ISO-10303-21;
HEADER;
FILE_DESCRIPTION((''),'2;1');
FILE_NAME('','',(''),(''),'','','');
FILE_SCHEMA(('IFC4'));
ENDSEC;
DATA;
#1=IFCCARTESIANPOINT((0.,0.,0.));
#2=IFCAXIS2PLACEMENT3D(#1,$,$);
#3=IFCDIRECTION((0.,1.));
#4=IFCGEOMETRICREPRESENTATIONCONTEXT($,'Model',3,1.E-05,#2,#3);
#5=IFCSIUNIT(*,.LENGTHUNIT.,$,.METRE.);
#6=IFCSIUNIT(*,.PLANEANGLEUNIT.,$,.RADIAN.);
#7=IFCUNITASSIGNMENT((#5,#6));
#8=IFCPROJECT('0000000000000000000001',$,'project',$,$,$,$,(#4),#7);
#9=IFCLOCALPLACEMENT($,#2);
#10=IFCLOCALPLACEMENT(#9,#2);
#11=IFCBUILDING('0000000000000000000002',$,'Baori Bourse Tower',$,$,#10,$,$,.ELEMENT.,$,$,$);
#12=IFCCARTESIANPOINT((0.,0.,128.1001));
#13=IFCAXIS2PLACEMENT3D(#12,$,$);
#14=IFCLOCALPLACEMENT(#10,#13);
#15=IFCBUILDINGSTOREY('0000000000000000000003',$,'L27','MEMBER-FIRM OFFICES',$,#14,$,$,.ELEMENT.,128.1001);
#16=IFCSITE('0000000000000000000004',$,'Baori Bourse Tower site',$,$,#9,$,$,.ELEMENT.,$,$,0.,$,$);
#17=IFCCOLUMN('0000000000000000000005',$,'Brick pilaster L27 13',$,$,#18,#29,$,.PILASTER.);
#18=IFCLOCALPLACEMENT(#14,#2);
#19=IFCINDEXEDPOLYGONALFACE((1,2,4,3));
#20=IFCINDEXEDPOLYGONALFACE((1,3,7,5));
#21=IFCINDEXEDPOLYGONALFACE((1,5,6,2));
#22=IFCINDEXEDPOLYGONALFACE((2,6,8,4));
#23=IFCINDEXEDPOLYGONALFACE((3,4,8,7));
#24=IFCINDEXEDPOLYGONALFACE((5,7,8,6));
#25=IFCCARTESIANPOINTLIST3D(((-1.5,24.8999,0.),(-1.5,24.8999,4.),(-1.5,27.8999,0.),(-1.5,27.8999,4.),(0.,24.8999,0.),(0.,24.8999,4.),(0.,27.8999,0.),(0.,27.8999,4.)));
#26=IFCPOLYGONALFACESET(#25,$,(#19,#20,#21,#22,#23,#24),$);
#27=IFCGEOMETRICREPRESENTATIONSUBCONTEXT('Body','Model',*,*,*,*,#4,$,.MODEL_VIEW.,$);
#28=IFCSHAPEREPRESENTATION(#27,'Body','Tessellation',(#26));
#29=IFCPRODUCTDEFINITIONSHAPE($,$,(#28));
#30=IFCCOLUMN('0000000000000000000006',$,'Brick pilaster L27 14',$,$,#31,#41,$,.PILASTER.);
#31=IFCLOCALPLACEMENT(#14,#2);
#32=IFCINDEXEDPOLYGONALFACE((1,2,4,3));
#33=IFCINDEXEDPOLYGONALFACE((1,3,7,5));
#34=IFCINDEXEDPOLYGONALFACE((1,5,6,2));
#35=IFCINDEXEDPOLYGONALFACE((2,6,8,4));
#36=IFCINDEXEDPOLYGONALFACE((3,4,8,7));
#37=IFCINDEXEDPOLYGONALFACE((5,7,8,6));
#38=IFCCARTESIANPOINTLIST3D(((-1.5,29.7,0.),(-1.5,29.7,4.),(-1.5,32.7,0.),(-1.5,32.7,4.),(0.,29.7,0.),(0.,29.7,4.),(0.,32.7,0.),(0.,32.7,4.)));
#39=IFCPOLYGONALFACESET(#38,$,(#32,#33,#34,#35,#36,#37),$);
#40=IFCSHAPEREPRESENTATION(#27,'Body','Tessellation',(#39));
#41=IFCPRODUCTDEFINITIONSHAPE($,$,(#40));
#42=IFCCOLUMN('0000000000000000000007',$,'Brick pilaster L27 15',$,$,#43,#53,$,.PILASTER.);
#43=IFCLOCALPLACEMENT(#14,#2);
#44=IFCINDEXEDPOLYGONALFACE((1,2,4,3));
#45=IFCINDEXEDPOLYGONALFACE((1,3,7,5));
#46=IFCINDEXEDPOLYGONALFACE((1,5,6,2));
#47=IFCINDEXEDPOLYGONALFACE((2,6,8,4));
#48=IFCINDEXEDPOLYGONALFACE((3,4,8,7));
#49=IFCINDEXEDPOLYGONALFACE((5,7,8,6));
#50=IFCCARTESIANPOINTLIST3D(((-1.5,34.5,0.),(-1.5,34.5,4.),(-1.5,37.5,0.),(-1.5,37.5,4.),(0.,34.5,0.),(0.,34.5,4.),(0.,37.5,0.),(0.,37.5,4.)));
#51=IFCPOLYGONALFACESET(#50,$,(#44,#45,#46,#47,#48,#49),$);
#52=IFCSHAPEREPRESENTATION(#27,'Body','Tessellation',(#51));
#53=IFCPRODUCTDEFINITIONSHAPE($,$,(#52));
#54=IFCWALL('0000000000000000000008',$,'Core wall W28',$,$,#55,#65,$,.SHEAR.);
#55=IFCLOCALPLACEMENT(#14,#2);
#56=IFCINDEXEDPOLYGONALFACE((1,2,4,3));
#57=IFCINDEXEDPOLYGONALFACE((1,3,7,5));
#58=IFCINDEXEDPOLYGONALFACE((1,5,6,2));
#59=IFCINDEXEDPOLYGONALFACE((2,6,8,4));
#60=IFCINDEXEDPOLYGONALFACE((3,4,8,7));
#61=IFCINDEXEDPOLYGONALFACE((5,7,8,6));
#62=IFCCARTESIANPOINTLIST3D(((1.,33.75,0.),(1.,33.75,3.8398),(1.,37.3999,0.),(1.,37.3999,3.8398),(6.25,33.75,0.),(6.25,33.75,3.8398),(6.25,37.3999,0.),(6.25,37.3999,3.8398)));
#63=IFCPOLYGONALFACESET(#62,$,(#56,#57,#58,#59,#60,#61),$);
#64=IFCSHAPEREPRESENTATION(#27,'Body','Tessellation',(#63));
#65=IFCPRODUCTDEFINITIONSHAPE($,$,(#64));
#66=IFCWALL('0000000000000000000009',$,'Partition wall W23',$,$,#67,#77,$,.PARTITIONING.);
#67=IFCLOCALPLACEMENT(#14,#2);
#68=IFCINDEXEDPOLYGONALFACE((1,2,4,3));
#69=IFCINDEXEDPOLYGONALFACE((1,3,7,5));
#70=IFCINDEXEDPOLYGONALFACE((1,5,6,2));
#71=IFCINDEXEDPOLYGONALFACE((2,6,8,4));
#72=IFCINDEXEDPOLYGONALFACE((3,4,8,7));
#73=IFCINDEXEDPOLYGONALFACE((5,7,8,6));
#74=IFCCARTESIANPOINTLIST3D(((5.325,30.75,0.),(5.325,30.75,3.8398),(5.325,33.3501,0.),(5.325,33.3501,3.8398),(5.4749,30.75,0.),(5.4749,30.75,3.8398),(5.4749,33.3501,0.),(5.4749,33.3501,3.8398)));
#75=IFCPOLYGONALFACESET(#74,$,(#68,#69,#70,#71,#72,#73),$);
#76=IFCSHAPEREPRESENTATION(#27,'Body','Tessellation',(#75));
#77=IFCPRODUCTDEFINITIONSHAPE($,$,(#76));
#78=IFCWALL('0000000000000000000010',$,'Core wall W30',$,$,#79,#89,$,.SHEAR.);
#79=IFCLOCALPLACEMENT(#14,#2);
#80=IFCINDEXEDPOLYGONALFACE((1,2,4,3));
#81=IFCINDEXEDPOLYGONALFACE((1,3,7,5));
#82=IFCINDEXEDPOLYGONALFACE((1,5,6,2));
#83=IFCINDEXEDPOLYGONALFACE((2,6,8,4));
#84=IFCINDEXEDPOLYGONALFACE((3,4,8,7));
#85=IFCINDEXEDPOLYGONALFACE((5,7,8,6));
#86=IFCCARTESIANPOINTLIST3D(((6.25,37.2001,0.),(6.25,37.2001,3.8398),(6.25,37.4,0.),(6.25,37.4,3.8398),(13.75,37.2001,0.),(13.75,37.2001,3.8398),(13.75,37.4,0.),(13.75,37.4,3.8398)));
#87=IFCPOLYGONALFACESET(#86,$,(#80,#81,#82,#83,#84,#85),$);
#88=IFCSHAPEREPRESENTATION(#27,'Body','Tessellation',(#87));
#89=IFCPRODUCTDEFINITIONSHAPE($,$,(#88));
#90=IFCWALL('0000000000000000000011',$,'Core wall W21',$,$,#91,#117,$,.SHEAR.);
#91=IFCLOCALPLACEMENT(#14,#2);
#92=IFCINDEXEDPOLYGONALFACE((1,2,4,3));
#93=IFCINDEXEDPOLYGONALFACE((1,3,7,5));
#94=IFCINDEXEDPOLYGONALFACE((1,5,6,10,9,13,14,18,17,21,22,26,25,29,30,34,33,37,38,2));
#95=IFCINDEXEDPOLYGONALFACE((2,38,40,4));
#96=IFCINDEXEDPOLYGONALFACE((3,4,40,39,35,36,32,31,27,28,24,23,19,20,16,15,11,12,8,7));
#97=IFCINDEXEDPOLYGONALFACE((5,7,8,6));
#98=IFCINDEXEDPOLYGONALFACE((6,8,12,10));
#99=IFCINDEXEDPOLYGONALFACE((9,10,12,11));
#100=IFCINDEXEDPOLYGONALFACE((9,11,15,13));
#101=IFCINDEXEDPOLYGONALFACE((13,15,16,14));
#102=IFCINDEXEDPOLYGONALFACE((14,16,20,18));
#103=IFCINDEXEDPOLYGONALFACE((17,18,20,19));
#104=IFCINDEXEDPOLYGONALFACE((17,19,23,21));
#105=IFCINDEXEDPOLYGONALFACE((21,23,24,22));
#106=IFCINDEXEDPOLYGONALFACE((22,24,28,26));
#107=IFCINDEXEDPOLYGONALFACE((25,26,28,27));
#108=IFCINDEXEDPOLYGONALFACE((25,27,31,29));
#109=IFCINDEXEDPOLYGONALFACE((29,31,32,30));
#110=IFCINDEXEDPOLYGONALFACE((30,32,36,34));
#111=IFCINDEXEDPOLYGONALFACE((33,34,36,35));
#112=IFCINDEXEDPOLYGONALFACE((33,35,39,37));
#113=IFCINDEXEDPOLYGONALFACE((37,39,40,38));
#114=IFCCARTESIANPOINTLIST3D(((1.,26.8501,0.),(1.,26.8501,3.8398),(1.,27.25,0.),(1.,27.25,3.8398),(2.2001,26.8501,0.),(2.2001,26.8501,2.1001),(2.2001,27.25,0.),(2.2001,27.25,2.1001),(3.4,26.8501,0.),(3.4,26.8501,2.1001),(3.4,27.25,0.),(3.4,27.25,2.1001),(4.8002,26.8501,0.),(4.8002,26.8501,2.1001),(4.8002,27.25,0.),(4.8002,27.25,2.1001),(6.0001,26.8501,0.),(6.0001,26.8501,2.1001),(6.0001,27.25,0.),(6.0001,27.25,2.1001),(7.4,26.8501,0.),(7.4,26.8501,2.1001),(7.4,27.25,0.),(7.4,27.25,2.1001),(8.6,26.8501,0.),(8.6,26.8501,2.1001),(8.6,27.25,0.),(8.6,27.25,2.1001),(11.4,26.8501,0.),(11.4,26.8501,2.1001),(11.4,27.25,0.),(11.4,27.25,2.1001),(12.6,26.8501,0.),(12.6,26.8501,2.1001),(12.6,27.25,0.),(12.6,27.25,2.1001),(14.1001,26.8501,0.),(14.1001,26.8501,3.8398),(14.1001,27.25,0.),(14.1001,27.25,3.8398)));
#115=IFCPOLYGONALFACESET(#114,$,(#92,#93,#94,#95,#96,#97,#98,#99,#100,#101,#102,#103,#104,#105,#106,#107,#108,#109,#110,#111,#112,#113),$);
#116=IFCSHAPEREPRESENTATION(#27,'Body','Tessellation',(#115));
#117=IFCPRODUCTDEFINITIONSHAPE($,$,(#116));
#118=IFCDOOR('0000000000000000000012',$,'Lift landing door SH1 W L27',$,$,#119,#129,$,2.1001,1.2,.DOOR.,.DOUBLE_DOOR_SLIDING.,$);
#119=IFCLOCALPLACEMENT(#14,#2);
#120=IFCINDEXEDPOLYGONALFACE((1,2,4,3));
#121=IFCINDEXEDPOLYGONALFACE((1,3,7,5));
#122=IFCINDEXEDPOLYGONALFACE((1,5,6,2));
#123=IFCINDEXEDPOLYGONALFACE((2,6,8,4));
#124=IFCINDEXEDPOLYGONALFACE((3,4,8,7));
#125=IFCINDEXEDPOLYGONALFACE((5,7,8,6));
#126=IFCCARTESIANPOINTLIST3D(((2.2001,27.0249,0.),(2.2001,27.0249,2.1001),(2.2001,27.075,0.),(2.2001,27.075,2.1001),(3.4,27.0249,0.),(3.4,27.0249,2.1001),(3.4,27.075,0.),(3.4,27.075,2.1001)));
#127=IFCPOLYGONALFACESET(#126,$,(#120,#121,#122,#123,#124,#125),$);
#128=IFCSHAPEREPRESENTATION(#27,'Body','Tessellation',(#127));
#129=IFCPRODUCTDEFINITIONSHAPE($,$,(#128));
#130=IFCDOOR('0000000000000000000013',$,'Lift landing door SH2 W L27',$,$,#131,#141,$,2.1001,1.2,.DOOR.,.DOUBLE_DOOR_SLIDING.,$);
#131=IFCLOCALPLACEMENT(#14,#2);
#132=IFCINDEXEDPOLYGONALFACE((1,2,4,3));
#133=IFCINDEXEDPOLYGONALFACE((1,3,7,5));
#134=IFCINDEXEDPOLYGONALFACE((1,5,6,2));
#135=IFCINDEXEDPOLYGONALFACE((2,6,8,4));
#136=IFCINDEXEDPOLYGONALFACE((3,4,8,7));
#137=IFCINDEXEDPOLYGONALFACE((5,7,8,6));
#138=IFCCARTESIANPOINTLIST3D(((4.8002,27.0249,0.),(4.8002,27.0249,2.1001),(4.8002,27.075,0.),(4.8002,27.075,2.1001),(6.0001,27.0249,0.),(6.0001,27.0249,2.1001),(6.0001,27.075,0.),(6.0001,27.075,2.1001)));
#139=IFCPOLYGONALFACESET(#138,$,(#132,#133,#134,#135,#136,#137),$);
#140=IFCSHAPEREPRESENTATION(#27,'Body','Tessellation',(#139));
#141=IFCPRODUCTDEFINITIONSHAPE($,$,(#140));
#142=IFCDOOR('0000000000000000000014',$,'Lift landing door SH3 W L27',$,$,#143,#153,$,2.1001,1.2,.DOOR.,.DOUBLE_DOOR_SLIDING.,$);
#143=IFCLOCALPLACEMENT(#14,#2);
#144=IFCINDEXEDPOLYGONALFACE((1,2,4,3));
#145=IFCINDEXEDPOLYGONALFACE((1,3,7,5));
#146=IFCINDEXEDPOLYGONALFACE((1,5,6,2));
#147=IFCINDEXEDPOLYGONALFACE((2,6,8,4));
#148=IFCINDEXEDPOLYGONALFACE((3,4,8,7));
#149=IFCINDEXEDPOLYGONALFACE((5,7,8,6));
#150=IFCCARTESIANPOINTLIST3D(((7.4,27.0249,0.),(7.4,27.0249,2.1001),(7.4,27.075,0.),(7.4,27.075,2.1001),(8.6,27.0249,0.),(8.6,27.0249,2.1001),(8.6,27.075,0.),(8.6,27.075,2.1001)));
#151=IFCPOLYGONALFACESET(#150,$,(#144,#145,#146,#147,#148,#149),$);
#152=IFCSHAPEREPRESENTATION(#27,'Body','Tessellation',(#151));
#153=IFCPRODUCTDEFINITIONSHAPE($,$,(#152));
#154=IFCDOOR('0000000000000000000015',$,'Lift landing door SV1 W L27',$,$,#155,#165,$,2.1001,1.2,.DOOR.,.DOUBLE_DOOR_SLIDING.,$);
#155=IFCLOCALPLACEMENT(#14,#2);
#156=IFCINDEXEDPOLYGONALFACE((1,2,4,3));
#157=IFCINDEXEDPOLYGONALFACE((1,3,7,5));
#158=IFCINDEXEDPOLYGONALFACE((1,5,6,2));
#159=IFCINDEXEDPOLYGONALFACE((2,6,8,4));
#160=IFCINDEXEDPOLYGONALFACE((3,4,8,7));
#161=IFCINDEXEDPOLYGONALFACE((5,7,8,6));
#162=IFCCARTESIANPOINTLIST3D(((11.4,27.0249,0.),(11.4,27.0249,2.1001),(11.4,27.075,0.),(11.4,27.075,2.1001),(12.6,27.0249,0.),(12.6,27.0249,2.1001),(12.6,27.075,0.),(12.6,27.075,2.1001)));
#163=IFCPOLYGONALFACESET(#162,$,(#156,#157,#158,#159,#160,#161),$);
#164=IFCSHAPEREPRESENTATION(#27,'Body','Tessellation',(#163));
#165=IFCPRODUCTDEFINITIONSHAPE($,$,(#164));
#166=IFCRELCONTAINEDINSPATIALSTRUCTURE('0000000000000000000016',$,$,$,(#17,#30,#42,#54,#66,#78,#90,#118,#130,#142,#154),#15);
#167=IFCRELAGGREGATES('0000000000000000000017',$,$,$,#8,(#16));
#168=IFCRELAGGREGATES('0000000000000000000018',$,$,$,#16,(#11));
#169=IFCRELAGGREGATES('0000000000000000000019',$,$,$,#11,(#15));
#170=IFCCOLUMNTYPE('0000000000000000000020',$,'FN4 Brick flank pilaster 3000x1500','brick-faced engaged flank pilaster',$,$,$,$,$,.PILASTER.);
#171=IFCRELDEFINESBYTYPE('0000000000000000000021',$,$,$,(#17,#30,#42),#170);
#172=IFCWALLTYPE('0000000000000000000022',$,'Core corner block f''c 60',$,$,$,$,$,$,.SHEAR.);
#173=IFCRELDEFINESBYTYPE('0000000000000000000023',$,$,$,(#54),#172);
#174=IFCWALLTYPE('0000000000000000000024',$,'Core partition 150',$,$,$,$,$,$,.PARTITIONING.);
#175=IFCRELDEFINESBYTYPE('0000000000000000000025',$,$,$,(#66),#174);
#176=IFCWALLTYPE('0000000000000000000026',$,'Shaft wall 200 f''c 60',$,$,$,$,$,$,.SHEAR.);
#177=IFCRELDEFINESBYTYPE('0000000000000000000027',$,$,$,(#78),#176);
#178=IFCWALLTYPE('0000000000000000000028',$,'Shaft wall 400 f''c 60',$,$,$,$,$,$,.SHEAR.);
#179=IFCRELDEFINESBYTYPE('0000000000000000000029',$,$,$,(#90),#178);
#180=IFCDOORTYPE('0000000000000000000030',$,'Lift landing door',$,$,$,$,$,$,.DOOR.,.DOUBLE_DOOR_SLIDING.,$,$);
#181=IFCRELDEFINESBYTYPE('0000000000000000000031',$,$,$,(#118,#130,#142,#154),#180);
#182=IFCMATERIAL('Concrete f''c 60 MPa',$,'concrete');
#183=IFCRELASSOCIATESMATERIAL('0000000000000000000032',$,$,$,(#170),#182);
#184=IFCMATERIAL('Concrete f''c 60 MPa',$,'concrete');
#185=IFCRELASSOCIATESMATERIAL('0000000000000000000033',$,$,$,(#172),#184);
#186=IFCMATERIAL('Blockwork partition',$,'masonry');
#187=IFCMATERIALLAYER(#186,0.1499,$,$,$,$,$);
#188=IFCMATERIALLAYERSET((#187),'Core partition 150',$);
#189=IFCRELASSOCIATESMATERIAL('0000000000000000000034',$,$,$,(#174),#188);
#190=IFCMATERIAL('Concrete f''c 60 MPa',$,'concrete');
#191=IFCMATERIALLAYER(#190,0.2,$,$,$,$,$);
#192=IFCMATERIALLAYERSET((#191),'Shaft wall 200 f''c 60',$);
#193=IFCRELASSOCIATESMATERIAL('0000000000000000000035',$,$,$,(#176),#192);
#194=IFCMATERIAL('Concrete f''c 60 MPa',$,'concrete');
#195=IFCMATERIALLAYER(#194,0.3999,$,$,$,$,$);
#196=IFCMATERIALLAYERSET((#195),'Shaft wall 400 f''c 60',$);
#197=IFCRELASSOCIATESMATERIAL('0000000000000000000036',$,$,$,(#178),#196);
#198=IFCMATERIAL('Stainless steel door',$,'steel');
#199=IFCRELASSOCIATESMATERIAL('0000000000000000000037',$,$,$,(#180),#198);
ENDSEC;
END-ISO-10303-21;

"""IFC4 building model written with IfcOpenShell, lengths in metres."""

from ifc_helpers import new_model, si_unit, direction, frame, frame_2d, origin, origin_2d, place, context, subcontext, project, spatial, rectangle, extrude, material, layer, layer_set, material_profile, profile_set, type_object, element, fill, save


model = new_model("IFC4")

# Units and contexts
model_context = context("Model", 3, precision=1e-05, world=origin(), true_north=direction((0.0, 1.0)))
body_context = subcontext(model_context, "Body", "Model", "MODEL_VIEW")
ifc_project = project(units=[si_unit("LENGTHUNIT", "METRE"), si_unit("PLANEANGLEUNIT", "RADIAN")], contexts=[model_context])

# Site, building, storey
site_placement = place(None, origin())
site = spatial("IfcSite", under=ifc_project, at=site_placement, Name="Baori Bourse Tower site", CompositionType="ELEMENT", RefElevation=0.0)
building_placement = place(site_placement, origin())
building = spatial("IfcBuilding", under=site, at=building_placement, Name="Baori Bourse Tower", CompositionType="ELEMENT")
storey_placement = place(building_placement, frame((0.0, 0.0, 128.1001)))
storey = spatial("IfcBuildingStorey", under=building, at=storey_placement, Name="L27", Description="MEMBER-FIRM OFFICES", CompositionType="ELEMENT", Elevation=128.1001)

# Columns
ifc_material_1 = material(Name="Concrete f'c 60 MPa", Category="concrete")
ifc_material_profile = material_profile(ifc_material_1, rectangle(XDim=3.0, YDim=1.5, at=origin_2d()), Name="RC 3000x1500")
ifc_profile_set = profile_set([ifc_material_profile], Name="Concrete f'c 60 MPa")
column_type = type_object("IfcColumnType", Name="FN4 Brick flank pilaster 3000x1500", Description="brick-faced engaged flank pilaster", PredefinedType="PILASTER", material=ifc_profile_set)
for number, where, z_axis, x_axis, name in (
    (1, (-0.75, 26.3999, 0.0), (0.0, 0.0, 1.0), (0.0, 1.0, 0.0), "Brick pilaster L27 13"),
    (2, (-0.75, 31.2, 0.0), (0.0, 0.0, 1.0), (0.0, 1.0, 0.0), "Brick pilaster L27 14"),
    (3, (-0.75, 36.0, 0.0), (0.0, 0.0, 1.0), (0.0, 1.0, 0.0), "Brick pilaster L27 15"),
):
    element("IfcColumn", number, at=place(storey_placement, frame(where, z_axis=z_axis, x_axis=x_axis)), inside=storey, type_object=column_type, Name=name, PredefinedType="PILASTER", context=body_context, shape_type="SweptSolid", body=[
        extrude(rectangle(XDim=3.0, YDim=1.5, at=origin_2d()), origin(), (0.0, 0.0, 1.0), 4.0),
    ])

# Walls
ifc_material_2 = material(Name="Concrete f'c 60 MPa", Category="concrete")
wall_type_1 = type_object("IfcWallType", Name="Core corner block f'c 60", PredefinedType="SHEAR", material=ifc_material_2)
wall_1_placement = place(storey_placement, frame((1.0, 35.575, 0.0), z_axis=(0.0, 0.0, 1.0), x_axis=(1.0, 0.0, 0.0)))
element("IfcWall", 4, at=wall_1_placement, inside=storey, type_object=wall_type_1, Name="Core wall W28", PredefinedType="SHEAR", context=body_context, shape_type="SweptSolid", body=[
    extrude(rectangle(XDim=5.25, YDim=3.6499, at=frame_2d((2.625, 0.0))), origin(), (0.0, 0.0, 1.0), 3.8398),
])
ifc_material_3 = material(Name="Blockwork partition", Category="masonry")
ifc_layer_1 = layer(ifc_material_3, 0.1499)
ifc_layer_set_1 = layer_set([ifc_layer_1], Name="Core partition 150")
wall_type_2 = type_object("IfcWallType", Name="Core partition 150", PredefinedType="PARTITIONING", material=ifc_layer_set_1)
wall_2_placement = place(storey_placement, frame((5.3999, 30.75, 0.0), z_axis=(0.0, 0.0, 1.0), x_axis=(0.0, 1.0, 0.0)))
element("IfcWall", 5, at=wall_2_placement, inside=storey, type_object=wall_type_2, Name="Partition wall W23", PredefinedType="PARTITIONING", context=body_context, shape_type="SweptSolid", body=[
    extrude(rectangle(XDim=2.6001, YDim=0.1499, at=frame_2d((1.3, 0.0))), origin(), (0.0, 0.0, 1.0), 3.8398),
])
ifc_material_4 = material(Name="Concrete f'c 60 MPa", Category="concrete")
ifc_layer_2 = layer(ifc_material_4, 0.2)
ifc_layer_set_2 = layer_set([ifc_layer_2], Name="Shaft wall 200 f'c 60")
wall_type_3 = type_object("IfcWallType", Name="Shaft wall 200 f'c 60", PredefinedType="SHEAR", material=ifc_layer_set_2)
wall_3_placement = place(storey_placement, frame((6.25, 37.3, 0.0), z_axis=(0.0, 0.0, 1.0), x_axis=(1.0, 0.0, 0.0)))
element("IfcWall", 6, at=wall_3_placement, inside=storey, type_object=wall_type_3, Name="Core wall W30", PredefinedType="SHEAR", context=body_context, shape_type="SweptSolid", body=[
    extrude(rectangle(XDim=7.5, YDim=0.2, at=frame_2d((3.75, 0.0))), origin(), (0.0, 0.0, 1.0), 3.8398),
])

# Wall, openings, doors
ifc_material_5 = material(Name="Concrete f'c 60 MPa", Category="concrete")
ifc_layer_3 = layer(ifc_material_5, 0.3999)
ifc_layer_set_3 = layer_set([ifc_layer_3], Name="Shaft wall 400 f'c 60")
wall_type_4 = type_object("IfcWallType", Name="Shaft wall 400 f'c 60", PredefinedType="SHEAR", material=ifc_layer_set_3)
wall_4_placement = place(storey_placement, frame((1.0, 27.05, 0.0), z_axis=(0.0, 0.0, 1.0), x_axis=(1.0, 0.0, 0.0)))
wall_4 = element("IfcWall", 7, at=wall_4_placement, inside=storey, type_object=wall_type_4, Name="Core wall W21", PredefinedType="SHEAR", context=body_context, shape_type="SweptSolid", body=[
    extrude(rectangle(XDim=13.1001, YDim=0.3999, at=frame_2d((6.55, 0.0))), origin(), (0.0, 0.0, 1.0), 3.8398),
])
opening_1_placement = place(wall_4_placement, frame((1.2, 0.0, 0.0)))
opening_1 = element("IfcOpeningElement", 8, at=opening_1_placement, cuts=wall_4, PredefinedType="OPENING", context=body_context, shape_type="SweptSolid", body=[
    extrude(rectangle(XDim=1.2, YDim=2.1001, at=frame_2d((0.6001, 1.05))), frame((0.0, 0.21, 0.0), z_axis=(0.0, -1.0, 0.0), x_axis=(1.0, 0.0, 0.0)), (0.0, 0.0, 1.0), 0.4199),
])
opening_2_placement = place(wall_4_placement, frame((3.8, 0.0, 0.0)))
opening_2 = element("IfcOpeningElement", 9, at=opening_2_placement, cuts=wall_4, PredefinedType="OPENING", context=body_context, shape_type="SweptSolid", body=[
    extrude(rectangle(XDim=1.2, YDim=2.1001, at=frame_2d((0.6001, 1.05))), frame((0.0, 0.21, 0.0), z_axis=(0.0, -1.0, 0.0), x_axis=(1.0, 0.0, 0.0)), (0.0, 0.0, 1.0), 0.4199),
])
opening_3_placement = place(wall_4_placement, frame((6.3999, 0.0, 0.0)))
opening_3 = element("IfcOpeningElement", 10, at=opening_3_placement, cuts=wall_4, PredefinedType="OPENING", context=body_context, shape_type="SweptSolid", body=[
    extrude(rectangle(XDim=1.2, YDim=2.1001, at=frame_2d((0.6001, 1.05))), frame((0.0, 0.21, 0.0), z_axis=(0.0, -1.0, 0.0), x_axis=(1.0, 0.0, 0.0)), (0.0, 0.0, 1.0), 0.4199),
])
opening_4_placement = place(wall_4_placement, frame((10.3999, 0.0, 0.0)))
opening_4 = element("IfcOpeningElement", 11, at=opening_4_placement, cuts=wall_4, PredefinedType="OPENING", context=body_context, shape_type="SweptSolid", body=[
    extrude(rectangle(XDim=1.2, YDim=2.1001, at=frame_2d((0.6001, 1.05))), frame((0.0, 0.21, 0.0), z_axis=(0.0, -1.0, 0.0), x_axis=(1.0, 0.0, 0.0)), (0.0, 0.0, 1.0), 0.4199),
])
ifc_material_6 = material(Name="Stainless steel door", Category="steel")
door_type_1 = type_object("IfcDoorType", Name="Lift landing door", OperationType="DOUBLE_DOOR_SLIDING", PredefinedType="DOOR", material=ifc_material_6)
door_1_placement = place(opening_1_placement, origin())
door_1 = element("IfcDoor", 12, at=door_1_placement, inside=storey, type_object=door_type_1, Name="Lift landing door SH1 W L27", OperationType="DOUBLE_DOOR_SLIDING", OverallHeight=2.1001, OverallWidth=1.2, PredefinedType="DOOR", context=body_context, shape_type="SweptSolid", body=[
    extrude(rectangle(XDim=1.2, YDim=2.1001, at=frame_2d((0.6001, 1.05))), frame((0.0, 0.0249, 0.0), z_axis=(0.0, -1.0, 0.0), x_axis=(1.0, 0.0, 0.0)), (0.0, 0.0, 1.0), 0.05),
])
fill(opening_1, door_1)
door_2_placement = place(opening_2_placement, origin())
door_2 = element("IfcDoor", 13, at=door_2_placement, inside=storey, type_object=door_type_1, Name="Lift landing door SH2 W L27", OperationType="DOUBLE_DOOR_SLIDING", OverallHeight=2.1001, OverallWidth=1.2, PredefinedType="DOOR", context=body_context, shape_type="SweptSolid", body=[
    extrude(rectangle(XDim=1.2, YDim=2.1001, at=frame_2d((0.6001, 1.05))), frame((0.0, 0.0249, 0.0), z_axis=(0.0, -1.0, 0.0), x_axis=(1.0, 0.0, 0.0)), (0.0, 0.0, 1.0), 0.05),
])
fill(opening_2, door_2)
door_3_placement = place(opening_3_placement, origin())
door_3 = element("IfcDoor", 14, at=door_3_placement, inside=storey, type_object=door_type_1, Name="Lift landing door SH3 W L27", OperationType="DOUBLE_DOOR_SLIDING", OverallHeight=2.1001, OverallWidth=1.2, PredefinedType="DOOR", context=body_context, shape_type="SweptSolid", body=[
    extrude(rectangle(XDim=1.2, YDim=2.1001, at=frame_2d((0.6001, 1.05))), frame((0.0, 0.0249, 0.0), z_axis=(0.0, -1.0, 0.0), x_axis=(1.0, 0.0, 0.0)), (0.0, 0.0, 1.0), 0.05),
])
fill(opening_3, door_3)
door_4_placement = place(opening_4_placement, origin())
door_4 = element("IfcDoor", 15, at=door_4_placement, inside=storey, type_object=door_type_1, Name="Lift landing door SV1 W L27", OperationType="DOUBLE_DOOR_SLIDING", OverallHeight=2.1001, OverallWidth=1.2, PredefinedType="DOOR", context=body_context, shape_type="SweptSolid", body=[
    extrude(rectangle(XDim=1.2, YDim=2.1001, at=frame_2d((0.6001, 1.05))), frame((0.0, 0.0249, 0.0), z_axis=(0.0, -1.0, 0.0), x_axis=(1.0, 0.0, 0.0)), (0.0, 0.0, 1.0), 0.05),
])
fill(opening_4, door_4)

save(model, "model.ifc")
